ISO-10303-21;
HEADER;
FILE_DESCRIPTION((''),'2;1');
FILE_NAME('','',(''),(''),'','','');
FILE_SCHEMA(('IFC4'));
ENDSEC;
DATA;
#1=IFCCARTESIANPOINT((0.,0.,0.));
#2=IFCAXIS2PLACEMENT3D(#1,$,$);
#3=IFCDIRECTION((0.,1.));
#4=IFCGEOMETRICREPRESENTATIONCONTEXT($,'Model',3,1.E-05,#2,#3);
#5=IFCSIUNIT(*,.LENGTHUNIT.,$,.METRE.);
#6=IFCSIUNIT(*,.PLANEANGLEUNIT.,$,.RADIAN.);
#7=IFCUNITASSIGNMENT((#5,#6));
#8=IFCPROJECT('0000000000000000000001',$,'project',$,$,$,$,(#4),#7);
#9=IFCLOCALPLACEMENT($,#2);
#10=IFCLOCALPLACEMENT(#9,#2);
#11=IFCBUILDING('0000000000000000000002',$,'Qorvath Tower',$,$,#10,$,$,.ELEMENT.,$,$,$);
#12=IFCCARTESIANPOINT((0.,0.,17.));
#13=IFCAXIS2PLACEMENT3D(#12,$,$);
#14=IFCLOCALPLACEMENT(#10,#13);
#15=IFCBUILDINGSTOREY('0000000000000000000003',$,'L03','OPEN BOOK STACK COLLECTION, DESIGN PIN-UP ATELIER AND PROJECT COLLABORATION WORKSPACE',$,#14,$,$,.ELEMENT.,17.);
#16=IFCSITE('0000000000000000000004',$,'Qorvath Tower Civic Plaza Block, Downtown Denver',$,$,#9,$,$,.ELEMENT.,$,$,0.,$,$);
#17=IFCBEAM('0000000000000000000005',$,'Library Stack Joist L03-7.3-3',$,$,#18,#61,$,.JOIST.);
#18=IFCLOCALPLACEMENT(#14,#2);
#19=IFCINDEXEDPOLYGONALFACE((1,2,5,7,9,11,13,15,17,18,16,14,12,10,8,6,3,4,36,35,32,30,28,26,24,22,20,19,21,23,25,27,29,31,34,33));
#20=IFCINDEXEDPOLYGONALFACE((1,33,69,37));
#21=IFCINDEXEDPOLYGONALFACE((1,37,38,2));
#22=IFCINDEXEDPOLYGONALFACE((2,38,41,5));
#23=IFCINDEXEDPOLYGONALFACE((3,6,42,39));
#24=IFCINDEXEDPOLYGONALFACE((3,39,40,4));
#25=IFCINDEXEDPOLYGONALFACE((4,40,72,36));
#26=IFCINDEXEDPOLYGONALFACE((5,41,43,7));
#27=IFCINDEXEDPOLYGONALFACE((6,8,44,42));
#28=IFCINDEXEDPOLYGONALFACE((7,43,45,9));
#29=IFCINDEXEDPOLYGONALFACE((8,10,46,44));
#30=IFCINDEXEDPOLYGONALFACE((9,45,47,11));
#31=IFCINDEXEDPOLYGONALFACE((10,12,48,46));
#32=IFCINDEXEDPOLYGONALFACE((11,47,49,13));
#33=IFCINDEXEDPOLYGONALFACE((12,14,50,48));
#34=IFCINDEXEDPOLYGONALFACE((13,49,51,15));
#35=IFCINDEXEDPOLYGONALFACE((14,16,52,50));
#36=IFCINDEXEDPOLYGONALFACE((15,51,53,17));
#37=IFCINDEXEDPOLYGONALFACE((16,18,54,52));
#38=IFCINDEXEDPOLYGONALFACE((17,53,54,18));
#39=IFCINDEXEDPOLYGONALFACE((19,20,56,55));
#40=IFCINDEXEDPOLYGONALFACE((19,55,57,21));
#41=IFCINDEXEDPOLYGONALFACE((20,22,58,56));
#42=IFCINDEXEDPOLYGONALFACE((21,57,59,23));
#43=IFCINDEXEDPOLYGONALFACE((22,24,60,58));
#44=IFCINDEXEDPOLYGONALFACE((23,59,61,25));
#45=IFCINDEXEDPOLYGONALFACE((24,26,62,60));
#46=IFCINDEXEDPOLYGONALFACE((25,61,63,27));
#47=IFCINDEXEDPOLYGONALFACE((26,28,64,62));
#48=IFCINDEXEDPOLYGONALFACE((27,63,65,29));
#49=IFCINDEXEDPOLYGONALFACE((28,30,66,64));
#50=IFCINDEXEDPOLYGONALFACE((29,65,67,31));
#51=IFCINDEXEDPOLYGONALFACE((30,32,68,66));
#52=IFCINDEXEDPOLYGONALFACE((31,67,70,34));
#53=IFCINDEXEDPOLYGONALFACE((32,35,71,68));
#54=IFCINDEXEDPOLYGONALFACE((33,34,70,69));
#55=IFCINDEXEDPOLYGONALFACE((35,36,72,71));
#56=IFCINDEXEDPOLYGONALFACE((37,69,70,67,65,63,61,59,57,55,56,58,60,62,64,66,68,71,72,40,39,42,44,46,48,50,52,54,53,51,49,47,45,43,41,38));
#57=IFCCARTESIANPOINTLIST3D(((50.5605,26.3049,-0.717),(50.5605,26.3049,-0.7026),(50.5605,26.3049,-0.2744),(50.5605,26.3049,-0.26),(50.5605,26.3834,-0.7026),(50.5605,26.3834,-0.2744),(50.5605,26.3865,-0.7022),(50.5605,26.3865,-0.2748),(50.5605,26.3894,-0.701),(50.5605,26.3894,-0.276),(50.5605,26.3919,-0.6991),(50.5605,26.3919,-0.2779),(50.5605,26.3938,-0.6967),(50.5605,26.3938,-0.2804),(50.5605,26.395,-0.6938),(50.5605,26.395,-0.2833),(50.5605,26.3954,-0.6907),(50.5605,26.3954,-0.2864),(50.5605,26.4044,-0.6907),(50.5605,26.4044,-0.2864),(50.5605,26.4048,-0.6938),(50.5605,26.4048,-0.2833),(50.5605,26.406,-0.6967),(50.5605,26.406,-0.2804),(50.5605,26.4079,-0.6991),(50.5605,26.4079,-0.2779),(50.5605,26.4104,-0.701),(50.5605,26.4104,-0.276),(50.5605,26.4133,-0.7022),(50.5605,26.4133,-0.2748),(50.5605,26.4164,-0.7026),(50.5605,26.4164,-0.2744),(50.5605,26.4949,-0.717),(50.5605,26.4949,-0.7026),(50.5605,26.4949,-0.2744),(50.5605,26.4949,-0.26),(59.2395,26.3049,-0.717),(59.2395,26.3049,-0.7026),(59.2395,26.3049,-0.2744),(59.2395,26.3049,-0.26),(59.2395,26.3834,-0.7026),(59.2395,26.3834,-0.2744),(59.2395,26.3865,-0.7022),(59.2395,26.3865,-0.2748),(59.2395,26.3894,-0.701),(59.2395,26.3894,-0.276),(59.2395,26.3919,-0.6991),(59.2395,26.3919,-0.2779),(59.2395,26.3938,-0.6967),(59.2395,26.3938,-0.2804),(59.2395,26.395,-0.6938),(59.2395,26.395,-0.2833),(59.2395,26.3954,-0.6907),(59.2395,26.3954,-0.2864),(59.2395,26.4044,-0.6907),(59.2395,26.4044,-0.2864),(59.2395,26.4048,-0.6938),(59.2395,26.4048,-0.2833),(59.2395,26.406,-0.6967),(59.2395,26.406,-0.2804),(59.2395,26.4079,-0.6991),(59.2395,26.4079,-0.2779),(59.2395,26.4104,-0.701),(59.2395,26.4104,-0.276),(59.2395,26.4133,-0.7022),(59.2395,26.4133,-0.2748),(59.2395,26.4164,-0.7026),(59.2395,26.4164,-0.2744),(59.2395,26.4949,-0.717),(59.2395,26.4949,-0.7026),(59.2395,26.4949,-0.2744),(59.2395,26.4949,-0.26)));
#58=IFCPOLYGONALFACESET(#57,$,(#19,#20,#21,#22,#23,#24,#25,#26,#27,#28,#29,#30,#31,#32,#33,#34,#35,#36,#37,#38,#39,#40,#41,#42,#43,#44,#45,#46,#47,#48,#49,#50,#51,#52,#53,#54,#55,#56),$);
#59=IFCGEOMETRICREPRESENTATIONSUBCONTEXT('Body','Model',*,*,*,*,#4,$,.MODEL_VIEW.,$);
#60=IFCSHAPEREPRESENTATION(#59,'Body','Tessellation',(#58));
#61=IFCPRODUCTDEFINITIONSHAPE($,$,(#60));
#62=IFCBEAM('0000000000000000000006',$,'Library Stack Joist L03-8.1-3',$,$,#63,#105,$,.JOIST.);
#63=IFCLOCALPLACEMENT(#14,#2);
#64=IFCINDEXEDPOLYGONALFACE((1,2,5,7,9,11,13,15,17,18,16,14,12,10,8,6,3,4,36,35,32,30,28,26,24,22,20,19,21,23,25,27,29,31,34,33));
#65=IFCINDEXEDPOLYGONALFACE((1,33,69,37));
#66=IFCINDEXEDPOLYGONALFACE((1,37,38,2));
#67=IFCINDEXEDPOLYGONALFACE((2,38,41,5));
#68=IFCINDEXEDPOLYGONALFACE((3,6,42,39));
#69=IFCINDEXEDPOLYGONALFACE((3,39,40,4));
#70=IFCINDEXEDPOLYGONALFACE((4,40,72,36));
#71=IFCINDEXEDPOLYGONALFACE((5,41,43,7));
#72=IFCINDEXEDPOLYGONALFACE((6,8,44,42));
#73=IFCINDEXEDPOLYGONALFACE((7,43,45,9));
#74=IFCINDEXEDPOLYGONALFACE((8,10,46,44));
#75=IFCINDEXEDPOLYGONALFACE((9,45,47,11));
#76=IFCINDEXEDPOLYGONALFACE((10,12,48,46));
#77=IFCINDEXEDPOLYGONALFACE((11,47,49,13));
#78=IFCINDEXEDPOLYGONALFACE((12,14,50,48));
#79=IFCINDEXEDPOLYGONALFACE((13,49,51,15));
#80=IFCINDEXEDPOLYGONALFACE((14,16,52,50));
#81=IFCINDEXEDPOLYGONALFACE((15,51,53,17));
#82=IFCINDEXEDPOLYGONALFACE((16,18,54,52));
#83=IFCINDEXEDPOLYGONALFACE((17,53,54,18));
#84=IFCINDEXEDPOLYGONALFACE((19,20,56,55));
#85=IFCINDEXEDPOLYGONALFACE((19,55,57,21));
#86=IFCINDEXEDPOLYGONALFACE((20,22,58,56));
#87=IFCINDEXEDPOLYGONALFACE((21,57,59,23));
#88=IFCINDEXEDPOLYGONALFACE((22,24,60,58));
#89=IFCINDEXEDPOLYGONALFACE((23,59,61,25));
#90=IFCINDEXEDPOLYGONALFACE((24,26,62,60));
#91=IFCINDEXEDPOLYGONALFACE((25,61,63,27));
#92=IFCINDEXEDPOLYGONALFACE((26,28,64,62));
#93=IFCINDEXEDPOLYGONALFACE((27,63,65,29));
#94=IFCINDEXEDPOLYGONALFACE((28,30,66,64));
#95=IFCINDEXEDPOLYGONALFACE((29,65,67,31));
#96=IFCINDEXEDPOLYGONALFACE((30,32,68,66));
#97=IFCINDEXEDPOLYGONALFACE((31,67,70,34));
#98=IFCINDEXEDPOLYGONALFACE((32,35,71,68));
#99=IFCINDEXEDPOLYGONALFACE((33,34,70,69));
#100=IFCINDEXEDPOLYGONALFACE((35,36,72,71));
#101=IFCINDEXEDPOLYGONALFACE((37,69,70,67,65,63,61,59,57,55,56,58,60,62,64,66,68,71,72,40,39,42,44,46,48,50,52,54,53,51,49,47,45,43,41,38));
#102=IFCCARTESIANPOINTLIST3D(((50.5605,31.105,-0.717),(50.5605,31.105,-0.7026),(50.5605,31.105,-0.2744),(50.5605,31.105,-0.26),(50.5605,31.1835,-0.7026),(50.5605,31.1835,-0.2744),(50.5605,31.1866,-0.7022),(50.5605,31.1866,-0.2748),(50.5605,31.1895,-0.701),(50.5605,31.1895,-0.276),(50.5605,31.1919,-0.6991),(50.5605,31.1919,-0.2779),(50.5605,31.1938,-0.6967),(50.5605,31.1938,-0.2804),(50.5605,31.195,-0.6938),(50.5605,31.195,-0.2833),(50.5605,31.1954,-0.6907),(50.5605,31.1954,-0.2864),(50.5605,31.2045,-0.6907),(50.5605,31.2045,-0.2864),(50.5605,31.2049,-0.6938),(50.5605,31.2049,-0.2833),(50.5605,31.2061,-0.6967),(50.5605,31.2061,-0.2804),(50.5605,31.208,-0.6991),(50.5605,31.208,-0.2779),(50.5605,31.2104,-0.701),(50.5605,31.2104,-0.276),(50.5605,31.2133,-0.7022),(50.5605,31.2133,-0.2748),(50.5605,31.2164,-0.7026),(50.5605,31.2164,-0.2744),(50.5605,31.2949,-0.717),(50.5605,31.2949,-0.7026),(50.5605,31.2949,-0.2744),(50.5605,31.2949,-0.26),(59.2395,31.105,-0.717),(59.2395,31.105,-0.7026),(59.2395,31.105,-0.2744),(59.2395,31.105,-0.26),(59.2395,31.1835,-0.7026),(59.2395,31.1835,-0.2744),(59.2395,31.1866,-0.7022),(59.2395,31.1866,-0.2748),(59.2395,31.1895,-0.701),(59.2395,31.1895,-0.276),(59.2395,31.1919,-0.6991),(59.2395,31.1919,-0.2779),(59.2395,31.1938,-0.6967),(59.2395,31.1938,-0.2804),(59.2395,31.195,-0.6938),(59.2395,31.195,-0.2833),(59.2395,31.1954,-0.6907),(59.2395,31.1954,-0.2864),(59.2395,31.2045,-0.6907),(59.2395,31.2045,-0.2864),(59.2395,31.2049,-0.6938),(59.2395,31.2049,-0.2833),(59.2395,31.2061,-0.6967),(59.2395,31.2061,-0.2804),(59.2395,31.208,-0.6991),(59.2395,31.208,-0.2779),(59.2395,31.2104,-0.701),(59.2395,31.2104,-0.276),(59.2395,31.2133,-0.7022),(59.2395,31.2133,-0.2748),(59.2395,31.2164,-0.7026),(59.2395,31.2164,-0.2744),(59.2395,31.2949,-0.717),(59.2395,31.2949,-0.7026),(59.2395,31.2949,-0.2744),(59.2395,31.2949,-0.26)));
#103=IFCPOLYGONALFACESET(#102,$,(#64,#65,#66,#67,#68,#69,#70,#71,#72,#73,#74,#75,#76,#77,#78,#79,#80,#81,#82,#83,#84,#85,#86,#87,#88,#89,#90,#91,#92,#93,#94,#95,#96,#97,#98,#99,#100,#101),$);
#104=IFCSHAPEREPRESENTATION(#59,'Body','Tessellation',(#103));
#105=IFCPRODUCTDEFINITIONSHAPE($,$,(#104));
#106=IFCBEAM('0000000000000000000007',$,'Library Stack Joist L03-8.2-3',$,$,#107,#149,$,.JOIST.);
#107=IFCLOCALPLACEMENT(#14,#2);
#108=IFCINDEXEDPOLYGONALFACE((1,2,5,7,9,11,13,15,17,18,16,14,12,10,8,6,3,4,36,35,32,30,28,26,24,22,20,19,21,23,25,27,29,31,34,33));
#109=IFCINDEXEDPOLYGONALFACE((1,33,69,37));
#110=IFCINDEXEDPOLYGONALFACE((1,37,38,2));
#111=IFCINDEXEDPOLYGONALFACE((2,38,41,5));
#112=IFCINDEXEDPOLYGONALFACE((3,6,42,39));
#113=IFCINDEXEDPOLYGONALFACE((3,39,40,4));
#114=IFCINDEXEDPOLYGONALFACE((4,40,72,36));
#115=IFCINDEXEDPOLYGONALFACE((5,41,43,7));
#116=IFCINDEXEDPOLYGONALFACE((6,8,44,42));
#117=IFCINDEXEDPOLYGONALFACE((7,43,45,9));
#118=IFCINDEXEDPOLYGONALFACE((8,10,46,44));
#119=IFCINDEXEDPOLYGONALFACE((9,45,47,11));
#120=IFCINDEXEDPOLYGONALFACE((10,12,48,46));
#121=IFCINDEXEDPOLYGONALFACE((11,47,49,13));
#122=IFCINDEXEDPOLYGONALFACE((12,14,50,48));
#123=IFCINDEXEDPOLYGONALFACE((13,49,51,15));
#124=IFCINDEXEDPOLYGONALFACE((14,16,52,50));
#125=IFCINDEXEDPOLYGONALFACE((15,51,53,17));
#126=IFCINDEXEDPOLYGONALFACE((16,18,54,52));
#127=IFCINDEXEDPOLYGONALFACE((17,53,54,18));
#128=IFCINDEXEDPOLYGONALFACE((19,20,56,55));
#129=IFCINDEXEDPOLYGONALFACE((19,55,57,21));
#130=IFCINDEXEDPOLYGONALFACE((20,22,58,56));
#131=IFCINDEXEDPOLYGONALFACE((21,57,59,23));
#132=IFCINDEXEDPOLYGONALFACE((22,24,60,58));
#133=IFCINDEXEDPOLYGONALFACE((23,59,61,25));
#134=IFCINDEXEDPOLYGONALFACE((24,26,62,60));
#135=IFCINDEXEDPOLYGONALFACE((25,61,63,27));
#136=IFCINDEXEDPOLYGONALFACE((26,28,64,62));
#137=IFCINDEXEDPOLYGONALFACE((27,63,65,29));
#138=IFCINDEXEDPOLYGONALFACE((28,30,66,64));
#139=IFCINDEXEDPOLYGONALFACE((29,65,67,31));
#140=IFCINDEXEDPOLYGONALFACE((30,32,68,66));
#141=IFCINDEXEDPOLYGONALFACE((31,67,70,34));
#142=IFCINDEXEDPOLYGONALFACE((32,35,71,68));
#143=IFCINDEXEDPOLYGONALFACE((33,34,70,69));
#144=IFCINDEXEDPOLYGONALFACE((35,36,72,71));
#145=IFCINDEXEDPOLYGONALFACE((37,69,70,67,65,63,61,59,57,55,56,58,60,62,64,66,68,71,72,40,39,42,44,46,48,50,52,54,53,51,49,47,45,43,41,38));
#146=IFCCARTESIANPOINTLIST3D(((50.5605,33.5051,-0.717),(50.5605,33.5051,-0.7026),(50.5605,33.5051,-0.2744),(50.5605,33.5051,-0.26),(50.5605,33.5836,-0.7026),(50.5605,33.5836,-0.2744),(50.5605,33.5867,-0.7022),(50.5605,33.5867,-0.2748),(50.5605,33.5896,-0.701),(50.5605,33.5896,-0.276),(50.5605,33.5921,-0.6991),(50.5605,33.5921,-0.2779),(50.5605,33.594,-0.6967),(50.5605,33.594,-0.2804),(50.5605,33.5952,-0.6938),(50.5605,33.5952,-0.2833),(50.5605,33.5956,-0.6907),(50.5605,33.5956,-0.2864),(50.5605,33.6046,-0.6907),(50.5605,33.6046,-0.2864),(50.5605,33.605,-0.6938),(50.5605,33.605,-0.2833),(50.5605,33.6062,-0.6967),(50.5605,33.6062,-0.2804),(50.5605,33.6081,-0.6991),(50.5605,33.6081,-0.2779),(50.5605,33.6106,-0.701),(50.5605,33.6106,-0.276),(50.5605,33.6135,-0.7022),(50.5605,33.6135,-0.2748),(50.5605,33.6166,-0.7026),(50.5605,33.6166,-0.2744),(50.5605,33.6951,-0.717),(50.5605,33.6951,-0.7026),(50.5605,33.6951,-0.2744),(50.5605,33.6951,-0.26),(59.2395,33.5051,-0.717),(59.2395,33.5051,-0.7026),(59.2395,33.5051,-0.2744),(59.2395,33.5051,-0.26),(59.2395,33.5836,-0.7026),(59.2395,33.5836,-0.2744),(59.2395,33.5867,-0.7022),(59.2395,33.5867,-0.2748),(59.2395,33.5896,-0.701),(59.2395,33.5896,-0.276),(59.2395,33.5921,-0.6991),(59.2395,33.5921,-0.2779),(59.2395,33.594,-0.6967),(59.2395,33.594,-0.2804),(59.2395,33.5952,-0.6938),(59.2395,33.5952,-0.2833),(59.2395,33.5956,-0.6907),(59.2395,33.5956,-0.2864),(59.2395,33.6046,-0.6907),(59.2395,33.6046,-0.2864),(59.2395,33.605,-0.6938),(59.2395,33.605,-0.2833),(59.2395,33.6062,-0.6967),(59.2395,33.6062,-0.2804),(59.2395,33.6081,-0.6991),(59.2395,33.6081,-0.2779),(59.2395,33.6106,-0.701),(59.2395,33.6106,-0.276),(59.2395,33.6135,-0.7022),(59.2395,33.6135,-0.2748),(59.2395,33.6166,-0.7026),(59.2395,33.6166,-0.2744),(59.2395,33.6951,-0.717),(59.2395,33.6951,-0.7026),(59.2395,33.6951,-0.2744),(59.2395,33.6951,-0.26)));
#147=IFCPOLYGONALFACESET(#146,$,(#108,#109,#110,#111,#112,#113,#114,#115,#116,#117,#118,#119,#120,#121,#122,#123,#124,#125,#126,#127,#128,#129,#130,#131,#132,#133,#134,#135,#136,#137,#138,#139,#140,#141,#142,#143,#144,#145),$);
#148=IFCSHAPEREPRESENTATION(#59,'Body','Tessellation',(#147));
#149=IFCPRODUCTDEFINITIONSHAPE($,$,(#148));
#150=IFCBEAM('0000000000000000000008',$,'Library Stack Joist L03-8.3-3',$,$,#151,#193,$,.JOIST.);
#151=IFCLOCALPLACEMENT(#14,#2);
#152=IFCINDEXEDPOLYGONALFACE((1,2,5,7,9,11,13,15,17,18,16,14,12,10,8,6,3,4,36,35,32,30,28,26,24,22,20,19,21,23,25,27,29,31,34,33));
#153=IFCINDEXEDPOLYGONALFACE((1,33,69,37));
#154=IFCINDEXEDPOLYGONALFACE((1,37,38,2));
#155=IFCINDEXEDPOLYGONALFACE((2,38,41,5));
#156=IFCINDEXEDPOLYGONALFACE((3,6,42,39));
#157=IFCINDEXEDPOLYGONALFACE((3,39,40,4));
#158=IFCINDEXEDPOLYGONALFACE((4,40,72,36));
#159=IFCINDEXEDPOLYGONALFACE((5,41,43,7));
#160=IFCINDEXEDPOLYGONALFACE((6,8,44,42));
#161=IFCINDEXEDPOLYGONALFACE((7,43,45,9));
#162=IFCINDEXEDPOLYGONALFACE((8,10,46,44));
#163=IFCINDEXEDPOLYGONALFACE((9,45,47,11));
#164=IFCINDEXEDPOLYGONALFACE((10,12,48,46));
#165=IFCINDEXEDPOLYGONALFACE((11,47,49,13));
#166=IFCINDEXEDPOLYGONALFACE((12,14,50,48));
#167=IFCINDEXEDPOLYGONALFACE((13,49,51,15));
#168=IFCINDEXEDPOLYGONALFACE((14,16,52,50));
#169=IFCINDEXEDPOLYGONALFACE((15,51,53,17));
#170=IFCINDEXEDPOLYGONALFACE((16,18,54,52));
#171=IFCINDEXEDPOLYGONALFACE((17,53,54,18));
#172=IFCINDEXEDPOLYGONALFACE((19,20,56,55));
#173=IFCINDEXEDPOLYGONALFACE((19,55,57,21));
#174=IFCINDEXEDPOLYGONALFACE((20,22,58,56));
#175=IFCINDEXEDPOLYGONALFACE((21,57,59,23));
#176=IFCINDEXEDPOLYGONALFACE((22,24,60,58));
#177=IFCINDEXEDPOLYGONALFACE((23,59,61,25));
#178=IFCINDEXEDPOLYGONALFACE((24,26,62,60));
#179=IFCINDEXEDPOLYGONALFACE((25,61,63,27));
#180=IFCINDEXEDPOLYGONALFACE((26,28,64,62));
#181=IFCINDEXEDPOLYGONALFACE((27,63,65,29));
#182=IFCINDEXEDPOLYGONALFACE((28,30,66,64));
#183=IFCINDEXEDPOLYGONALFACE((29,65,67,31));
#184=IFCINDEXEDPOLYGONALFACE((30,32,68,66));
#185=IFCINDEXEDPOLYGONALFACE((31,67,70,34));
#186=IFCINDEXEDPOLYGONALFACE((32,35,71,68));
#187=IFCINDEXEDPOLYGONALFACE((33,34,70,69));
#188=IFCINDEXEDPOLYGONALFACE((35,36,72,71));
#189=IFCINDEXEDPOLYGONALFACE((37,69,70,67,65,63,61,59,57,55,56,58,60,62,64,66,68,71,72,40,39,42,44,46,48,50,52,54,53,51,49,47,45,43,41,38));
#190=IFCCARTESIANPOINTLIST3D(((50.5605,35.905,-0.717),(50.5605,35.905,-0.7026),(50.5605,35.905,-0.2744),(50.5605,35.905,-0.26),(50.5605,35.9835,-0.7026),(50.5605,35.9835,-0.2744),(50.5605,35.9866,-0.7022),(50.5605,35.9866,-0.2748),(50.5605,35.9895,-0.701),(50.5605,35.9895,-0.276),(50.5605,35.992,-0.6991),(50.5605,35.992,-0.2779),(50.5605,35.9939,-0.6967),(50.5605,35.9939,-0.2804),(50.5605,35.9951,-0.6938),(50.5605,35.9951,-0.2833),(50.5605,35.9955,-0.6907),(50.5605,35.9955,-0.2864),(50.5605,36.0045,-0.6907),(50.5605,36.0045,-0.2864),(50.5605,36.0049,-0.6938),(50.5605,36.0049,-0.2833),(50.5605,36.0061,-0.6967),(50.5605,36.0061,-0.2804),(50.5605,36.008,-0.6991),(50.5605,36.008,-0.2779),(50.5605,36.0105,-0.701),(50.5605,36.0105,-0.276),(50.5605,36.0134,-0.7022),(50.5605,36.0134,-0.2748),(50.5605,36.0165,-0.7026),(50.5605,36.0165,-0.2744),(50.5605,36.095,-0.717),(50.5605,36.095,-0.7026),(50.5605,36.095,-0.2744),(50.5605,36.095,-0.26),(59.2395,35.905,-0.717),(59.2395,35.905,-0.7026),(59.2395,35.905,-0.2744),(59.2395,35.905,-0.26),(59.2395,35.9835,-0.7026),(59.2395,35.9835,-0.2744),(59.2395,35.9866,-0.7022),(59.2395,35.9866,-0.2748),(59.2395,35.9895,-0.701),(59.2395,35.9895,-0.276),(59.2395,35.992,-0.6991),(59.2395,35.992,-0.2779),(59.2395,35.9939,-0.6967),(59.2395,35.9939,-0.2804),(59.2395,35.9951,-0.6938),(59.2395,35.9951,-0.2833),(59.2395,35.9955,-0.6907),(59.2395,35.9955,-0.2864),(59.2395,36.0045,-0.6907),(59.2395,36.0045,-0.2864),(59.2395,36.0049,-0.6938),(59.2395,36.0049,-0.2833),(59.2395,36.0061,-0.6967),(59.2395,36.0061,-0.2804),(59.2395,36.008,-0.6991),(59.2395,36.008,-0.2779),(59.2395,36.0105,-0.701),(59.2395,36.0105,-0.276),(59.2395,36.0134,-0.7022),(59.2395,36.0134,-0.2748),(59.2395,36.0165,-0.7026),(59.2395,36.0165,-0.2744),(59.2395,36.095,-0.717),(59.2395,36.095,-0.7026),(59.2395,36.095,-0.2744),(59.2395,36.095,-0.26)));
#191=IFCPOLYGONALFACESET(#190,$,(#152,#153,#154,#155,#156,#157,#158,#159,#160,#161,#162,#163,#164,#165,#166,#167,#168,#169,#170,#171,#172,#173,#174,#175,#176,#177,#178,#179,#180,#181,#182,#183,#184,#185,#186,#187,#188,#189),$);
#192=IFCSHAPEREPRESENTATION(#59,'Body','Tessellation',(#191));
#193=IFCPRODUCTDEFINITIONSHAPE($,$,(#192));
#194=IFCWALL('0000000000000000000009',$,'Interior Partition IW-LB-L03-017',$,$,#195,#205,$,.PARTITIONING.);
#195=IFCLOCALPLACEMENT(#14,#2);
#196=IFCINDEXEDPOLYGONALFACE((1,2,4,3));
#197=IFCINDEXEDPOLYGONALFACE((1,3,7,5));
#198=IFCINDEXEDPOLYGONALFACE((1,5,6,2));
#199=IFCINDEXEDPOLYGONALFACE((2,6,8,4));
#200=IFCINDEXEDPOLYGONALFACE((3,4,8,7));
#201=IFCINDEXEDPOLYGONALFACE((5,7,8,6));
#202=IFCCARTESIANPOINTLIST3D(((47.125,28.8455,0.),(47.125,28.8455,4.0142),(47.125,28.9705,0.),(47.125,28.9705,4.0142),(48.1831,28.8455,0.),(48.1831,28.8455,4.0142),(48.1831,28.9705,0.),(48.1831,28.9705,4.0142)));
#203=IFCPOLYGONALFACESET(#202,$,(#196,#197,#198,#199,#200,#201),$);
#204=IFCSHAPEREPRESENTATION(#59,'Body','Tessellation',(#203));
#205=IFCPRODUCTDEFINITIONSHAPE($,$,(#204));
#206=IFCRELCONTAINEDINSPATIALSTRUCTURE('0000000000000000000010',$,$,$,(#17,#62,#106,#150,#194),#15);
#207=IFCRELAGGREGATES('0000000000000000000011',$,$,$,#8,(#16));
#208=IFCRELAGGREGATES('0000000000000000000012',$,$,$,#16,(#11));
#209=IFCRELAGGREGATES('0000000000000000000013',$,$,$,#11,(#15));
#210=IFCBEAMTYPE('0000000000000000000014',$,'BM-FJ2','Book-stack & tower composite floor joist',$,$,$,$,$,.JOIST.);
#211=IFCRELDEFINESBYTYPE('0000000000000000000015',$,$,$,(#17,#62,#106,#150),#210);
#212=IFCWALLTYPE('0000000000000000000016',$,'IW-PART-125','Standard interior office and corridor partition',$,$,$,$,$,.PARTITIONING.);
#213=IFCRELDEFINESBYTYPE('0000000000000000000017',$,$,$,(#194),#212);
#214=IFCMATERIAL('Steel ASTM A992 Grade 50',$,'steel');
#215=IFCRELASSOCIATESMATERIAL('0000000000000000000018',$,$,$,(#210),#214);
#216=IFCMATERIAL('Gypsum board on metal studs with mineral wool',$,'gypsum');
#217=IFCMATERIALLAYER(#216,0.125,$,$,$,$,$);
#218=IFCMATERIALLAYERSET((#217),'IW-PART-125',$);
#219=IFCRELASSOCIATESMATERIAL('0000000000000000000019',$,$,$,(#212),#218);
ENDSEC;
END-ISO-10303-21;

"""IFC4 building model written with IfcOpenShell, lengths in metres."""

from ifc_helpers import new_model, si_unit, direction, frame, frame_2d, origin, origin_2d, place, context, subcontext, project, spatial, rectangle, i_section, extrude, material, layer, layer_set, material_profile, profile_set, type_object, element, save


model = new_model("IFC4")

# Units and contexts
model_context = context("Model", 3, precision=1e-05, world=origin(), true_north=direction((0.0, 1.0)))
body_context = subcontext(model_context, "Body", "Model", "MODEL_VIEW")
ifc_project = project(units=[si_unit("LENGTHUNIT", "METRE"), si_unit("PLANEANGLEUNIT", "RADIAN")], contexts=[model_context])

# Site, building, storey
site_placement = place(None, origin())
site = spatial("IfcSite", under=ifc_project, at=site_placement, Name="Qorvath Tower Civic Plaza Block, Downtown Denver", CompositionType="ELEMENT", RefElevation=0.0)
building_placement = place(site_placement, origin())
building = spatial("IfcBuilding", under=site, at=building_placement, Name="Qorvath Tower", CompositionType="ELEMENT")
storey_placement = place(building_placement, frame((0.0, 0.0, 17.0)))
storey = spatial("IfcBuildingStorey", under=building, at=storey_placement, Name="L03", Description="OPEN BOOK STACK COLLECTION, DESIGN PIN-UP ATELIER AND PROJECT COLLABORATION WORKSPACE", CompositionType="ELEMENT", Elevation=17.0)

# Beams
ifc_material_1 = material(Name="Steel ASTM A992 Grade 50", Category="steel")
ifc_material_profile_1 = material_profile(ifc_material_1, i_section(OverallWidth=0.1899, OverallDepth=0.457, WebThickness=0.009, FlangeThickness=0.0144, FilletRadius=0.012, at=origin_2d()), Name="W18x50")
ifc_profile_set_1 = profile_set([ifc_material_profile_1], Name="Steel ASTM A992 Grade 50")
beam_type_1 = type_object("IfcBeamType", Name="BM-FJ2", Description="Book-stack & tower composite floor joist", PredefinedType="JOIST", material=ifc_profile_set_1)
for number, where, z_axis, x_axis, name in (
    (1, (50.5605, 26.3999, -0.4885), (1.0, 0.0, 0.0), (0.0, 1.0, 0.0), "Library Stack Joist L03-7.3-3"),
    (2, (50.5605, 31.2, -0.4885), (1.0, 0.0, 0.0), (0.0, 1.0, 0.0), "Library Stack Joist L03-8.1-3"),
    (3, (50.5605, 33.6001, -0.4885), (1.0, 0.0, 0.0), (0.0, 1.0, 0.0), "Library Stack Joist L03-8.2-3"),
    (4, (50.5605, 36.0, -0.4885), (1.0, 0.0, 0.0), (0.0, 1.0, 0.0), "Library Stack Joist L03-8.3-3"),
):
    element("IfcBeam", number, at=place(storey_placement, frame(where, z_axis=z_axis, x_axis=x_axis)), inside=storey, type_object=beam_type_1, Name=name, PredefinedType="JOIST", context=body_context, shape_type="SweptSolid", body=[
        extrude(i_section(OverallWidth=0.1899, OverallDepth=0.457, WebThickness=0.009, FlangeThickness=0.0144, FilletRadius=0.012, at=origin_2d()), origin(), (0.0, 0.0, 1.0), 8.679),
    ])

# Wall
ifc_material_2 = material(Name="Gypsum board on metal studs with mineral wool", Category="gypsum")
ifc_layer_1 = layer(ifc_material_2, 0.125)
ifc_layer_set_1 = layer_set([ifc_layer_1], Name="IW-PART-125")
wall_type_1 = type_object("IfcWallType", Name="IW-PART-125", Description="Standard interior office and corridor partition", PredefinedType="PARTITIONING", material=ifc_layer_set_1)
wall_1_placement = place(storey_placement, frame((48.1831, 28.908, 0.0), z_axis=(0.0, 0.0, 1.0), x_axis=(-1.0, 0.0, 0.0)))
element("IfcWall", 5, at=wall_1_placement, inside=storey, type_object=wall_type_1, Name="Interior Partition IW-LB-L03-017", PredefinedType="PARTITIONING", context=body_context, shape_type="SweptSolid", body=[
    extrude(rectangle(XDim=1.0581, YDim=0.125, at=frame_2d((0.5291, 0.0))), origin(), (0.0, 0.0, 1.0), 4.0142),
])

save(model, "model.ifc")
